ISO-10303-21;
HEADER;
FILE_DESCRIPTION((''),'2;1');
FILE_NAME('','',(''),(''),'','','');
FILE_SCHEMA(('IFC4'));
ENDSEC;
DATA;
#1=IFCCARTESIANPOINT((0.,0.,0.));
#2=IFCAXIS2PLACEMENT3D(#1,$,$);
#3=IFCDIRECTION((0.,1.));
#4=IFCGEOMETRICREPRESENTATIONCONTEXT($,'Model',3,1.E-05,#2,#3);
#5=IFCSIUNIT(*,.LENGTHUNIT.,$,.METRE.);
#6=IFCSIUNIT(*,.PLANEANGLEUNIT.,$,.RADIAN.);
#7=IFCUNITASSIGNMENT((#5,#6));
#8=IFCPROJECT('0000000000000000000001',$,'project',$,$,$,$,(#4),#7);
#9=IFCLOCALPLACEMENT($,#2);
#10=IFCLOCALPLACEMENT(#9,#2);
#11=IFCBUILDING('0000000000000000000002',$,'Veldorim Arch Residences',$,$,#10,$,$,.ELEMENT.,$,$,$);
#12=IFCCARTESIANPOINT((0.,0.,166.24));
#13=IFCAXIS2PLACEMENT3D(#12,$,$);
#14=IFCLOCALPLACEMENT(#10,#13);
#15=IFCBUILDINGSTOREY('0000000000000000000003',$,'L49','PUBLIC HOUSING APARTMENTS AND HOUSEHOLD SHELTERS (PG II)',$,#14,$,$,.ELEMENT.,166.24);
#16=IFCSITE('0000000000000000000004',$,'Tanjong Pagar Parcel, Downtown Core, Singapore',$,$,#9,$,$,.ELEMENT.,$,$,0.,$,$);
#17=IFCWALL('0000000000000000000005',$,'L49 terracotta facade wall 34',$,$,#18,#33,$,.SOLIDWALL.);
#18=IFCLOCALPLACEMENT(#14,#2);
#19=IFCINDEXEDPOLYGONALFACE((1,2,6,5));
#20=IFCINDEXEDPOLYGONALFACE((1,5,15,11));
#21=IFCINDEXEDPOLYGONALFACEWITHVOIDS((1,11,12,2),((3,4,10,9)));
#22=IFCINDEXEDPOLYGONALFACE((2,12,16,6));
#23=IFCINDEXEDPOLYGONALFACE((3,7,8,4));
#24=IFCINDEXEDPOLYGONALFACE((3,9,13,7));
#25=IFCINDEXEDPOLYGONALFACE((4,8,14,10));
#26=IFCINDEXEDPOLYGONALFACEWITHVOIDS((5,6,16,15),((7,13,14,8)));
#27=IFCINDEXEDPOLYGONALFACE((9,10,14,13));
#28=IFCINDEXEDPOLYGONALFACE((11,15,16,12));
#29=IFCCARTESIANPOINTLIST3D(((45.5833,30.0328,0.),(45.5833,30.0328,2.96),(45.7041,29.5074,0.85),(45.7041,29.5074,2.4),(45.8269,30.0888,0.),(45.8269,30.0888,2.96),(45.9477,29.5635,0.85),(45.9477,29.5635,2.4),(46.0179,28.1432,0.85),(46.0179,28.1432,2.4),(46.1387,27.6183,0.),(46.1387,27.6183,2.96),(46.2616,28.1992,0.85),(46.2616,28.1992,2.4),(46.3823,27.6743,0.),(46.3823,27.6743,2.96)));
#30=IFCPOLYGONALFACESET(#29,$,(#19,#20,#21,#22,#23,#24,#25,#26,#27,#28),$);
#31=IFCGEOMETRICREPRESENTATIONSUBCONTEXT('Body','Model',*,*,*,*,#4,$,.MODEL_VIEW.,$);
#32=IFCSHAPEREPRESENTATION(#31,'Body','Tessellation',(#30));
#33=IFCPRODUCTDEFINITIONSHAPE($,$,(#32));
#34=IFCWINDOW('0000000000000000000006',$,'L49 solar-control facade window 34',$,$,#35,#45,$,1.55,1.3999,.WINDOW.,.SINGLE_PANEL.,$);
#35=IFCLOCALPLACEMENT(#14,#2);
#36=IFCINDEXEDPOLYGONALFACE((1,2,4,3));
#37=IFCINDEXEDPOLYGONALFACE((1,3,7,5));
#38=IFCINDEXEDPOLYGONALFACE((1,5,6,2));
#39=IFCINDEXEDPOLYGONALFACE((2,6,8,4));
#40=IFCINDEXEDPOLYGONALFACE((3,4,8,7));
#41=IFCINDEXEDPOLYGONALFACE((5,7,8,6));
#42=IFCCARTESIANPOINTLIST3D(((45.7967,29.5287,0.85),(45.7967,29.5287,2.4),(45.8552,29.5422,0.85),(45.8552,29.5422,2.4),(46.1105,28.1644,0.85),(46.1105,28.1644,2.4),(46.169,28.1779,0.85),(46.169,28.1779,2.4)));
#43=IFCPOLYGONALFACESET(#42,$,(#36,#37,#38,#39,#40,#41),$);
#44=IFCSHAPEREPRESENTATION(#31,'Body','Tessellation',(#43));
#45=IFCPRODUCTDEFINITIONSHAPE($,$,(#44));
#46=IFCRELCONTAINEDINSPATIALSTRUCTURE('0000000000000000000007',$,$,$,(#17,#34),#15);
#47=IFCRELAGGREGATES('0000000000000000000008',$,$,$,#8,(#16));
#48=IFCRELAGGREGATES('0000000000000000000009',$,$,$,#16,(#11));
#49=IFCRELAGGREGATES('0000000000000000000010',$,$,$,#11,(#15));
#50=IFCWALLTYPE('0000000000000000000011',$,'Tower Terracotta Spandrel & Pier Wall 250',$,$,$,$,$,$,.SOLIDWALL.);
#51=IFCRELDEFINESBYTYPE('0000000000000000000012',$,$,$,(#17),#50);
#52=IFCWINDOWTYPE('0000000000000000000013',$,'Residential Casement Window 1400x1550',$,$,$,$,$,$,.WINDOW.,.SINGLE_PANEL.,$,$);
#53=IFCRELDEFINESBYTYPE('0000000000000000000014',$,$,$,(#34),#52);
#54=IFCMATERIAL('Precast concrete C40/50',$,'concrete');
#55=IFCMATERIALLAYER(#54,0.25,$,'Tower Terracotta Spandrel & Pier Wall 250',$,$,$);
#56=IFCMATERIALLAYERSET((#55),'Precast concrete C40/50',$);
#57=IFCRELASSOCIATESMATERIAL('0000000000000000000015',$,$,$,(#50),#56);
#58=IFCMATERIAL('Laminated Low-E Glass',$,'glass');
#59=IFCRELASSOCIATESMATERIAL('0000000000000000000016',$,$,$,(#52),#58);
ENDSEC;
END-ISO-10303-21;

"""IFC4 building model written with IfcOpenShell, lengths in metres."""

from ifc_helpers import new_model, si_unit, direction, frame, frame_2d, origin, place, context, subcontext, project, spatial, rectangle, extrude, material, layer, layer_set, type_object, element, fill, save


model = new_model("IFC4")

# Units and contexts
model_context = context("Model", 3, precision=1e-05, world=origin(), true_north=direction((0.0, 1.0)))
body_context = subcontext(model_context, "Body", "Model", "MODEL_VIEW")
ifc_project = project(units=[si_unit("LENGTHUNIT", "METRE"), si_unit("PLANEANGLEUNIT", "RADIAN")], contexts=[model_context])

# Site, building, storey
site_placement = place(None, origin())
site = spatial("IfcSite", under=ifc_project, at=site_placement, Name="Tanjong Pagar Parcel, Downtown Core, Singapore", CompositionType="ELEMENT", RefElevation=0.0)
building_placement = place(site_placement, origin())
building = spatial("IfcBuilding", under=site, at=building_placement, Name="Veldorim Arch Residences", CompositionType="ELEMENT")
storey_placement = place(building_placement, frame((0.0, 0.0, 166.24)))
storey = spatial("IfcBuildingStorey", under=building, at=storey_placement, Name="L49", Description="PUBLIC HOUSING APARTMENTS AND HOUSEHOLD SHELTERS (PG II)", CompositionType="ELEMENT", Elevation=166.24)

# Shared definitions
ifc_material_1 = material(Name="Precast concrete C40/50", Category="concrete")
ifc_layer_1 = layer(ifc_material_1, 0.25, Name="Tower Terracotta Spandrel & Pier Wall 250")
ifc_layer_set_1 = layer_set([ifc_layer_1], Name="Precast concrete C40/50")
wall_type_1 = type_object("IfcWallType", Name="Tower Terracotta Spandrel & Pier Wall 250", PredefinedType="SOLIDWALL", material=ifc_layer_set_1)

# Wall, opening, window
wall_1_placement = place(storey_placement, frame((45.7051, 30.0608, 0.0), z_axis=(0.0, 0.0, 1.0), x_axis=(0.224176, -0.974549, 0.0)))
wall_1 = element("IfcWall", 1, at=wall_1_placement, inside=storey, type_object=wall_type_1, Name="L49 terracotta facade wall 34", PredefinedType="SOLIDWALL", context=body_context, shape_type="SweptSolid", body=[
    extrude(rectangle(XDim=2.4775, YDim=0.25, at=frame_2d((1.2388, 0.0))), origin(), (0.0, 0.0, 1.0), 2.96),
])
opening_placement = place(wall_1_placement, frame((0.5391, 0.0, 0.8501)))
opening = element("IfcOpeningElement", 2, at=opening_placement, cuts=wall_1, PredefinedType="OPENING", context=body_context, shape_type="SweptSolid", body=[
    extrude(rectangle(XDim=1.3999, YDim=1.55, at=frame_2d((0.7, 0.7749))), frame((0.0, 0.135, 0.0), z_axis=(0.0, -1.0, 0.0), x_axis=(1.0, 0.0, 0.0)), (0.0, 0.0, 1.0), 0.27),
])
ifc_material_2 = material(Name="Laminated Low-E Glass", Category="glass")
window_type = type_object("IfcWindowType", Name="Residential Casement Window 1400x1550", PartitioningType="SINGLE_PANEL", PredefinedType="WINDOW", material=ifc_material_2)
window_placement = place(opening_placement, origin())
window = element("IfcWindow", 3, at=window_placement, inside=storey, type_object=window_type, Name="L49 solar-control facade window 34", OverallHeight=1.55, OverallWidth=1.3999, PartitioningType="SINGLE_PANEL", PredefinedType="WINDOW", context=body_context, shape_type="SweptSolid", body=[
    extrude(rectangle(XDim=1.3999, YDim=1.55, at=frame_2d((0.7, 0.7749))), frame((0.0, 0.03, 0.0), z_axis=(0.0, -1.0, 0.0), x_axis=(1.0, 0.0, 0.0)), (0.0, 0.0, 1.0), 0.0601),
])
fill(opening, window)

save(model, "model.ifc")
